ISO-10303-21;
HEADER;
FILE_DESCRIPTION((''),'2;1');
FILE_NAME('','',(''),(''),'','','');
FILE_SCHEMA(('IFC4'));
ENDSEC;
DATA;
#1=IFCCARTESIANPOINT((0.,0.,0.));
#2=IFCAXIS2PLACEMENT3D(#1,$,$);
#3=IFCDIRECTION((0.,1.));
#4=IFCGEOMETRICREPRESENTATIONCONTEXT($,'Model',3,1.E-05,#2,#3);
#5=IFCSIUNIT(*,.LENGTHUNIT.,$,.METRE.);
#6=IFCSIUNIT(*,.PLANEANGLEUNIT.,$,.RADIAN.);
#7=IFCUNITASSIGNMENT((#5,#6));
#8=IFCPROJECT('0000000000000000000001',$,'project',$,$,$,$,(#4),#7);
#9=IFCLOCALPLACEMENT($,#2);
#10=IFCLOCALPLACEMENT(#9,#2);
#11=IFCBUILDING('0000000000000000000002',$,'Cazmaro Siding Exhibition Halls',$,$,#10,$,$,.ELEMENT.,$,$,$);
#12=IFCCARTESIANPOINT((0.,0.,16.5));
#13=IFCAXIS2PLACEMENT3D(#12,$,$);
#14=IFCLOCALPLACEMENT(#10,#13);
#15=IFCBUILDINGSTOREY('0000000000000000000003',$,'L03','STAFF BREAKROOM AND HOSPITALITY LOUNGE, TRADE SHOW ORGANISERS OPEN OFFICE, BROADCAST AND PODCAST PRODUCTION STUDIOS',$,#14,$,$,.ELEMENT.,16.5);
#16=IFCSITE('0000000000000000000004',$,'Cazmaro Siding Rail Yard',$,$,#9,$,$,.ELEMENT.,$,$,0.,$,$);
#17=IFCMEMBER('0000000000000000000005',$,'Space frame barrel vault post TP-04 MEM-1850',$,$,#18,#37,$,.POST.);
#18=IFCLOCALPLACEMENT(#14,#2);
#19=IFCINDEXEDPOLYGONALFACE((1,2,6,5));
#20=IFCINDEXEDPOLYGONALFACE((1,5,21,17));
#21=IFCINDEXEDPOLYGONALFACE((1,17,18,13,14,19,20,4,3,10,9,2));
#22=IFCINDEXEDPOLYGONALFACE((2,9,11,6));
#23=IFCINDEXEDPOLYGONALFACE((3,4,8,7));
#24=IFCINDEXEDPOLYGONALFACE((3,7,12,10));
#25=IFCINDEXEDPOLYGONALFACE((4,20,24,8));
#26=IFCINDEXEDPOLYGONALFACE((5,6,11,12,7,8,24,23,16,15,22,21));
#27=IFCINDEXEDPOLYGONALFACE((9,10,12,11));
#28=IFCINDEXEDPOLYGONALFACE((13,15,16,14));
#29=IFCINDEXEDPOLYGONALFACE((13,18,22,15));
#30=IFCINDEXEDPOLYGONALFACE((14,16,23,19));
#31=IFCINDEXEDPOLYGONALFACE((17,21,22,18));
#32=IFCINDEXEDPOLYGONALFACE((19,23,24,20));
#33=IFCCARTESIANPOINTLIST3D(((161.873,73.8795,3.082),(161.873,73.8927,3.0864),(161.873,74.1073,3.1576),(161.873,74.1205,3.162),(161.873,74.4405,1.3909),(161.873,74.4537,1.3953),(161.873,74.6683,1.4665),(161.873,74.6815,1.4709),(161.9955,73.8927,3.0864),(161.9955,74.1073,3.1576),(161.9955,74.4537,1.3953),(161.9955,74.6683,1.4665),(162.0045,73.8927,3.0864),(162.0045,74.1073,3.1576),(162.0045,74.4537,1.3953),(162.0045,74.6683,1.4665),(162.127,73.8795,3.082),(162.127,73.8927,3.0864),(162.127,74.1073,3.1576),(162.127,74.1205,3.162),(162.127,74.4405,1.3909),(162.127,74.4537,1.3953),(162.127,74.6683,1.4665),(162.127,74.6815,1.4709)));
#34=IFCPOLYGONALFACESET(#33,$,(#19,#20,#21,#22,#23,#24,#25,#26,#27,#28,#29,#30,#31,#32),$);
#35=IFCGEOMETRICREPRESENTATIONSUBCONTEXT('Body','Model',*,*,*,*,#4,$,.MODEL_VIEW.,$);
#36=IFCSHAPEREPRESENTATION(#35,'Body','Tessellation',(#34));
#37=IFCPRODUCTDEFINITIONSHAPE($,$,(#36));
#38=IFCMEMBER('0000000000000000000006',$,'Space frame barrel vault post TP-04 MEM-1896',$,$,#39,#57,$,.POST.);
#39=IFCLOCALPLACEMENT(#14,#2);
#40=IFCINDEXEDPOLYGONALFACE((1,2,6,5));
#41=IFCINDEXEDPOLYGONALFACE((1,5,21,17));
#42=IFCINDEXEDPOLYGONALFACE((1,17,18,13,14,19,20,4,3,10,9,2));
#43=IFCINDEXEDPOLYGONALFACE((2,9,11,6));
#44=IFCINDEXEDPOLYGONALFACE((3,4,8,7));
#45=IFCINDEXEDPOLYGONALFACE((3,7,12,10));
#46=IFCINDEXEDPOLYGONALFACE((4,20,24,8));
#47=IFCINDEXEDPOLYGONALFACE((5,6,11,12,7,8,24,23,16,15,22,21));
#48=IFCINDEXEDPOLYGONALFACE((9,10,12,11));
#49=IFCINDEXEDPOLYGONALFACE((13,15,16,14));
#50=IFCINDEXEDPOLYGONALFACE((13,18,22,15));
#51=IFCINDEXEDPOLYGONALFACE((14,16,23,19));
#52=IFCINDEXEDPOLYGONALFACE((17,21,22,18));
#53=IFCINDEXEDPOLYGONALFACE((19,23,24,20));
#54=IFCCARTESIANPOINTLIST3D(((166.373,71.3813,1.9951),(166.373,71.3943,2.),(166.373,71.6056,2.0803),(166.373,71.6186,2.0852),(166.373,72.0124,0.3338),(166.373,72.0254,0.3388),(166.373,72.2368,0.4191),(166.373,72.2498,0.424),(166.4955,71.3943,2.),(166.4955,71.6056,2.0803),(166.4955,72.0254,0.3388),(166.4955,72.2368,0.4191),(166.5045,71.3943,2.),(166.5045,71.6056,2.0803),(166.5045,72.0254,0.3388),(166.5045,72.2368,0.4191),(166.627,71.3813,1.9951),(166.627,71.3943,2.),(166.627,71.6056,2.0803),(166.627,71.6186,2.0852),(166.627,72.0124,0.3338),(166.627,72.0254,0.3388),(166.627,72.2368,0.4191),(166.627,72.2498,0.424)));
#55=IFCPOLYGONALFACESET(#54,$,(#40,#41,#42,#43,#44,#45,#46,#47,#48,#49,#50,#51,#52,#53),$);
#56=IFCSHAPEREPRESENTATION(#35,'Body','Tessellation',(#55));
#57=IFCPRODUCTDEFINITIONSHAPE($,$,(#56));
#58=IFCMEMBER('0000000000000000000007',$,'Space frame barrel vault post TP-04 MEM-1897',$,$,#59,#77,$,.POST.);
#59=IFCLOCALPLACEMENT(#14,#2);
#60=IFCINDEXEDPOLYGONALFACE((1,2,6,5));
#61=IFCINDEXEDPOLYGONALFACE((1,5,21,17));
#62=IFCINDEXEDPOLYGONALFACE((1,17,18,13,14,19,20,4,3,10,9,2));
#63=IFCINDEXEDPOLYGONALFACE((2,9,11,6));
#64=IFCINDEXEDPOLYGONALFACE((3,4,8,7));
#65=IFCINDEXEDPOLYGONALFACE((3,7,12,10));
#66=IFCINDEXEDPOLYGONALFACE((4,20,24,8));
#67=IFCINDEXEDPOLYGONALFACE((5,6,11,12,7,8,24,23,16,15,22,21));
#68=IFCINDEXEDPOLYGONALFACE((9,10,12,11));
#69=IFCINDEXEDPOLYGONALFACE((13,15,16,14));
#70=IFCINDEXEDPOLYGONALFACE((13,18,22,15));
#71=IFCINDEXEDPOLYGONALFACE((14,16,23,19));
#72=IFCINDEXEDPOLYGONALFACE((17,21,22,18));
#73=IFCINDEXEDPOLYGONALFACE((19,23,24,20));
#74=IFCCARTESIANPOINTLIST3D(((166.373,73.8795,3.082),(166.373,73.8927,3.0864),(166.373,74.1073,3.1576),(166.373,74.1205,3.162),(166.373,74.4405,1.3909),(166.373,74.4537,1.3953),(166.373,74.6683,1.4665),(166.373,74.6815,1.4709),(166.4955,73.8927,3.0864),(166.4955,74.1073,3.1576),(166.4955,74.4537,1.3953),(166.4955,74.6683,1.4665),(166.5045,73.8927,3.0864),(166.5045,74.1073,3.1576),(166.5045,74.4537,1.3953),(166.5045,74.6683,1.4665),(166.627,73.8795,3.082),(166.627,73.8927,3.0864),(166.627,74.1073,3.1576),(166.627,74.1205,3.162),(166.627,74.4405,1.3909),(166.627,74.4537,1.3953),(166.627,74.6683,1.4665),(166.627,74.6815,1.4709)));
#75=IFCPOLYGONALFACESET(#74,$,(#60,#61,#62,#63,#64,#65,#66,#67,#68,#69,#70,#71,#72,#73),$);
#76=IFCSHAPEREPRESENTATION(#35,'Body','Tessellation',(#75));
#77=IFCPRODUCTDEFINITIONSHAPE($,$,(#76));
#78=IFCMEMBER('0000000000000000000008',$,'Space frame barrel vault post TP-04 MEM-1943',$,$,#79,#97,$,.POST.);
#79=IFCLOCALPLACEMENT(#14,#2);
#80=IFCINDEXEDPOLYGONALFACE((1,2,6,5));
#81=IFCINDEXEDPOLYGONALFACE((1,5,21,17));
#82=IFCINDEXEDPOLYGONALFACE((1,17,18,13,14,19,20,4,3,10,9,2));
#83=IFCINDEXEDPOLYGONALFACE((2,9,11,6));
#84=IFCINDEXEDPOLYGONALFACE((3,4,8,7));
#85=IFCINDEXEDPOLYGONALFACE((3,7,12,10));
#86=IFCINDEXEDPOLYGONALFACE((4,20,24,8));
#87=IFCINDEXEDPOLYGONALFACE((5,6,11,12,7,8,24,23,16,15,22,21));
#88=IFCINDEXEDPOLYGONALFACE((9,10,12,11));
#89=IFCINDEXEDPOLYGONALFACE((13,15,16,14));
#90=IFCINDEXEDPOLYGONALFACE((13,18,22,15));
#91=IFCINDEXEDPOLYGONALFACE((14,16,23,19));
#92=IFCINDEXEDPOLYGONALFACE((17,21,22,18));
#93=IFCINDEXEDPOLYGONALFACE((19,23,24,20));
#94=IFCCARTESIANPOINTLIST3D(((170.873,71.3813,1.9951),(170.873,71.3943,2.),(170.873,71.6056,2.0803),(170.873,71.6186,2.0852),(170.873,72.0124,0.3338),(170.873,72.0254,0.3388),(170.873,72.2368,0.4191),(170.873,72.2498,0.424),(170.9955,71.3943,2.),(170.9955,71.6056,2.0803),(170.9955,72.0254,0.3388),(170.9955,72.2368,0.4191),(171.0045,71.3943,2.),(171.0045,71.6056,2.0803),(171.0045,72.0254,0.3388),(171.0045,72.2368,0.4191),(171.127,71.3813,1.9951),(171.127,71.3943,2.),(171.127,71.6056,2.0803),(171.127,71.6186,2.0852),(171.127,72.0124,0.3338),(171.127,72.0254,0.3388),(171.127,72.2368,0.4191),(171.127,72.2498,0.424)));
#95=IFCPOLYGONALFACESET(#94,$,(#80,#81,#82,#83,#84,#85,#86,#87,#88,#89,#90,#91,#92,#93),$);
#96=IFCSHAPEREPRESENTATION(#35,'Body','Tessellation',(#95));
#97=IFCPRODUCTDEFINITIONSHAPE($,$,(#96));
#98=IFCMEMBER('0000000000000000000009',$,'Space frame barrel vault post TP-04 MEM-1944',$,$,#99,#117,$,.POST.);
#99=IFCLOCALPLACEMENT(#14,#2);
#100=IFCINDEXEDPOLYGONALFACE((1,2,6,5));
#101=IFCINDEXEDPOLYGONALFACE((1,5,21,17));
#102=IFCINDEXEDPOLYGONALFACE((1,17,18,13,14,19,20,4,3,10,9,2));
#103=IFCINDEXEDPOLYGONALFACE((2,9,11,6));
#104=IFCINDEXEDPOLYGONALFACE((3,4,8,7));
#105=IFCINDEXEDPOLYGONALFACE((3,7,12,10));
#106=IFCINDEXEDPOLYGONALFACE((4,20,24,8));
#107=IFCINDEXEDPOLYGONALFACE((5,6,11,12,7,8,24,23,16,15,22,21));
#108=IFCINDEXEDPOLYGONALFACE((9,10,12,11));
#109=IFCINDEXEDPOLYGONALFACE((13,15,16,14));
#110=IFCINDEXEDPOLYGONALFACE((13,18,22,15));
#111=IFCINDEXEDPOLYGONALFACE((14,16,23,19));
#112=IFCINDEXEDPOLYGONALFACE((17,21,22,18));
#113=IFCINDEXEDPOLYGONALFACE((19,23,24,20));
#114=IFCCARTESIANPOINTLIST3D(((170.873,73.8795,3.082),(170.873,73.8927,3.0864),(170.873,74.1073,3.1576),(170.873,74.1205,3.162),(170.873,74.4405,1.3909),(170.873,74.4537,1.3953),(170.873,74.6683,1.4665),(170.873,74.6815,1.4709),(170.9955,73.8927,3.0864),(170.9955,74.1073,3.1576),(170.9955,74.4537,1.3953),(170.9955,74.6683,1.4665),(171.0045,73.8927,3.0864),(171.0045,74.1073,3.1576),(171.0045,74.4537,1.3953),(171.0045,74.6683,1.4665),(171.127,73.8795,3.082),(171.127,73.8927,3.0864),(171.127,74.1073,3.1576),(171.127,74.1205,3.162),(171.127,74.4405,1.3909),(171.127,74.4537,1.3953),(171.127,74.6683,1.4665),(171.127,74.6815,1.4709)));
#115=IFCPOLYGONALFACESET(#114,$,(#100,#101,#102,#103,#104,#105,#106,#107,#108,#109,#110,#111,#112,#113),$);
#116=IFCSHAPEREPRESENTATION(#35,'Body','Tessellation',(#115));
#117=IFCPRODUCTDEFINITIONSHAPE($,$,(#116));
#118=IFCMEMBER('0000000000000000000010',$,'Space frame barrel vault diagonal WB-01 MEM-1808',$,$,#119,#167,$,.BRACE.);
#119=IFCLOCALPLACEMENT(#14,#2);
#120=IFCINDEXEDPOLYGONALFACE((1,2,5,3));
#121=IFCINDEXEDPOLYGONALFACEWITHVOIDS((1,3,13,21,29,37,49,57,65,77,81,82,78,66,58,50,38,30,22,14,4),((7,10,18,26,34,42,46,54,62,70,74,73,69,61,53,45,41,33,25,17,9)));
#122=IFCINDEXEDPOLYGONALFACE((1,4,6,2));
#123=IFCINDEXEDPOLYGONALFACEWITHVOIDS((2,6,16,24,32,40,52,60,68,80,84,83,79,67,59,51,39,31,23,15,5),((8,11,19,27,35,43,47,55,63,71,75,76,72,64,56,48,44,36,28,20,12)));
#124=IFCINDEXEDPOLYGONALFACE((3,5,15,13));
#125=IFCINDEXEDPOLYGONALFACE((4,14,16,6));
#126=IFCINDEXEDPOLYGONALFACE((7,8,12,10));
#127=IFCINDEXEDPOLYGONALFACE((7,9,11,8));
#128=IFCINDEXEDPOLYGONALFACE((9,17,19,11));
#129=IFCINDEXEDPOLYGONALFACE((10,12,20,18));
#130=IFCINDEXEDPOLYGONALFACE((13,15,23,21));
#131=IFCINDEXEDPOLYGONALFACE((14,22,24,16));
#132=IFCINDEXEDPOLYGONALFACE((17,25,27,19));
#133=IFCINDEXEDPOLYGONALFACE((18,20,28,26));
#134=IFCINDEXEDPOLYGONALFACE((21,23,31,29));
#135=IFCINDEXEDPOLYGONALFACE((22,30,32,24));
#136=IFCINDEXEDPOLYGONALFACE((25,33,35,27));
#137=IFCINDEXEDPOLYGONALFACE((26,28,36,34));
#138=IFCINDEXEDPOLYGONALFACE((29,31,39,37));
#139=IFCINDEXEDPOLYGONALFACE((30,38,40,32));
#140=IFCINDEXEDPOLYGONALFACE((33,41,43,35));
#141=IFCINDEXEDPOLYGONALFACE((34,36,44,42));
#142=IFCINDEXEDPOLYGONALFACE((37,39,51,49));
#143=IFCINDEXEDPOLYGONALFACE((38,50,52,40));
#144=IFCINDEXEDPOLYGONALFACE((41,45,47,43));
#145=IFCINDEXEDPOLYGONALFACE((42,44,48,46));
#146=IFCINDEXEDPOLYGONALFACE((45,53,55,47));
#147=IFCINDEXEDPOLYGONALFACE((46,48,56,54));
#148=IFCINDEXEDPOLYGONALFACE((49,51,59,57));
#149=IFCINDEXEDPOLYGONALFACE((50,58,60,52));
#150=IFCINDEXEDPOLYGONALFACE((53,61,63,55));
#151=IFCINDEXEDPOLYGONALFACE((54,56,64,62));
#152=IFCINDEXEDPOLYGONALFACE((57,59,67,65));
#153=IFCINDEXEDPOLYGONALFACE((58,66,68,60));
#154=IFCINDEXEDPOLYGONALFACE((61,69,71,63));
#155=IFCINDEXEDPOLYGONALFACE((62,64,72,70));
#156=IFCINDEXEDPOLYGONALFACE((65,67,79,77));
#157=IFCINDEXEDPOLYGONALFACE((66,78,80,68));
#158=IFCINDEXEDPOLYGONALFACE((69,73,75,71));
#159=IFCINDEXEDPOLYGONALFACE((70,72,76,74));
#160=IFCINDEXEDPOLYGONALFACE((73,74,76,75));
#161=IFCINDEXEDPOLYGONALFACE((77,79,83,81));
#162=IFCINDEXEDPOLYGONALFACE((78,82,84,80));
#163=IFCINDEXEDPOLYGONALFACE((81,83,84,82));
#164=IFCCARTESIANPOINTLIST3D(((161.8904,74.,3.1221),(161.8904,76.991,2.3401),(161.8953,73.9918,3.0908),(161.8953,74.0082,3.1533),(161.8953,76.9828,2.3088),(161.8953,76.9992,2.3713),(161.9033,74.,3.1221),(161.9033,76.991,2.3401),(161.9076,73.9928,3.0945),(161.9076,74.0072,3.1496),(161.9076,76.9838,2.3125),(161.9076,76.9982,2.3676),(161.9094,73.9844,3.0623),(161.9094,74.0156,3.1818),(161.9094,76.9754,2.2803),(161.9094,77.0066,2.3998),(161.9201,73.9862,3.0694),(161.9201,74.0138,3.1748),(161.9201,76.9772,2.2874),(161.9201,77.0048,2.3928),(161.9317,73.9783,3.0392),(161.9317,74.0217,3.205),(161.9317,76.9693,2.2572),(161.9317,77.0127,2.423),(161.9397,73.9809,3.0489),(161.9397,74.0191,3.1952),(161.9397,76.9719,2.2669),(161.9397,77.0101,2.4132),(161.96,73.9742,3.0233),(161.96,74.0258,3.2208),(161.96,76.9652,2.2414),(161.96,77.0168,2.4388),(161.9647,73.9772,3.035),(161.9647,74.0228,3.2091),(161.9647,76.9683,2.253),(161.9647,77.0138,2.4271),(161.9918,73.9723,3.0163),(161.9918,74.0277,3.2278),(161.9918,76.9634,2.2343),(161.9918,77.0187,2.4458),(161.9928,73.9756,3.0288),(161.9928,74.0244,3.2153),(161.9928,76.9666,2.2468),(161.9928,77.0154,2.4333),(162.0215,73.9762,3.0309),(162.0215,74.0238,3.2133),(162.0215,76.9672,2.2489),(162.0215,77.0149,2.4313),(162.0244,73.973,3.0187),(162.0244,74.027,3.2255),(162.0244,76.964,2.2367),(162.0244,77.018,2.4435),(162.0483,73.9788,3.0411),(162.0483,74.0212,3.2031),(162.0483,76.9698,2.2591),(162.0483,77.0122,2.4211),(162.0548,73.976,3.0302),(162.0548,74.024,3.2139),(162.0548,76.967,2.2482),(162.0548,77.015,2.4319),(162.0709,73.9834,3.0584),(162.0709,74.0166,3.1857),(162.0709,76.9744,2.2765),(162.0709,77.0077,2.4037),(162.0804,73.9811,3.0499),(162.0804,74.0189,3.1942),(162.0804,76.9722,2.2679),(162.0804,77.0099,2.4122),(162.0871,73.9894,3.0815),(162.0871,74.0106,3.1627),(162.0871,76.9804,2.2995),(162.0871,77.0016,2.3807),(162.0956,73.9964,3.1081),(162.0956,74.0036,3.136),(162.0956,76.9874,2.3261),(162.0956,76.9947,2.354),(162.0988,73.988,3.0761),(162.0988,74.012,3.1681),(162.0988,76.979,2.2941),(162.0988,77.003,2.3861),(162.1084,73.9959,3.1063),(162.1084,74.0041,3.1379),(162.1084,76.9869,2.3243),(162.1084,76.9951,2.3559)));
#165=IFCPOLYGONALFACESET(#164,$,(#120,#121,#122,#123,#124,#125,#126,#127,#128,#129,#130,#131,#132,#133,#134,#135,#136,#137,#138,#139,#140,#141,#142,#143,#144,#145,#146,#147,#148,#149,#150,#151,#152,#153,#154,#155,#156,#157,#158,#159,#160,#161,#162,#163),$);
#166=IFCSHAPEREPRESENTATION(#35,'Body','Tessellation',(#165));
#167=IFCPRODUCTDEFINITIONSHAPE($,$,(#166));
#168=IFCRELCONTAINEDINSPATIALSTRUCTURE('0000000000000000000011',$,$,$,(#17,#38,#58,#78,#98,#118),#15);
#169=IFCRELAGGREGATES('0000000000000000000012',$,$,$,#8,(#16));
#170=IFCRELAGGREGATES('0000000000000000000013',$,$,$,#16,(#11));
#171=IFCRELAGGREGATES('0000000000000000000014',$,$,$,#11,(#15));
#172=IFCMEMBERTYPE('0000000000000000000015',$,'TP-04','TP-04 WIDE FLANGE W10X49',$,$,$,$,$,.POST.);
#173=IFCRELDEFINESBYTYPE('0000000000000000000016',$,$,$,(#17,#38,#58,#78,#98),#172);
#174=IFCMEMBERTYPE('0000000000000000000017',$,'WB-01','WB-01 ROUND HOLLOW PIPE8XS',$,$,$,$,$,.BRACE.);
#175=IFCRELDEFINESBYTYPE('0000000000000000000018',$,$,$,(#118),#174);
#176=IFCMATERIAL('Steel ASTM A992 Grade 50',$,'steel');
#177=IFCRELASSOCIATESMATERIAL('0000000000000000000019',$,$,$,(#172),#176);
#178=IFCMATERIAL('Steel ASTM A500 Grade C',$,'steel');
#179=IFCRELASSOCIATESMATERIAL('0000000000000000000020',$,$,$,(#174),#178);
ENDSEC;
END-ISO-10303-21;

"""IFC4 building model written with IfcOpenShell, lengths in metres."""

from ifc_helpers import new_model, si_unit, direction, frame, origin, origin_2d, place, context, subcontext, project, spatial, hollow_circle, i_section, extrude, material, material_profile, profile_set, type_object, element, save


model = new_model("IFC4")

# Units and contexts
model_context = context("Model", 3, precision=1e-05, world=origin(), true_north=direction((0.0, 1.0)))
body_context = subcontext(model_context, "Body", "Model", "MODEL_VIEW")
ifc_project = project(units=[si_unit("LENGTHUNIT", "METRE"), si_unit("PLANEANGLEUNIT", "RADIAN")], contexts=[model_context])

# Site, building, storey
site_placement = place(None, origin())
site = spatial("IfcSite", under=ifc_project, at=site_placement, Name="Cazmaro Siding Rail Yard", CompositionType="ELEMENT", RefElevation=0.0)
building_placement = place(site_placement, origin())
building = spatial("IfcBuilding", under=site, at=building_placement, Name="Cazmaro Siding Exhibition Halls", CompositionType="ELEMENT")
storey_placement = place(building_placement, frame((0.0, 0.0, 16.5)))
storey = spatial("IfcBuildingStorey", under=building, at=storey_placement, Name="L03", Description="STAFF BREAKROOM AND HOSPITALITY LOUNGE, TRADE SHOW ORGANISERS OPEN OFFICE, BROADCAST AND PODCAST PRODUCTION STUDIOS", CompositionType="ELEMENT", Elevation=16.5)

# Members
ifc_material_1 = material(Name="Steel ASTM A992 Grade 50", Category="steel")
ifc_material_profile_1 = material_profile(ifc_material_1, i_section(OverallWidth=0.2539, OverallDepth=0.2539, WebThickness=0.009, FlangeThickness=0.0139, at=origin_2d()), Name="W10X49")
ifc_profile_set_1 = profile_set([ifc_material_profile_1], Name="Steel ASTM A992 Grade 50")
member_type_1 = type_object("IfcMemberType", Name="TP-04", Description="TP-04 WIDE FLANGE W10X49", PredefinedType="POST", material=ifc_profile_set_1)
member_1_placement = place(storey_placement, frame((162.0, 74.561, 1.4309), z_axis=(0.0, -0.314871, 0.949134), x_axis=(1.0, 0.0, 0.0)))
element("IfcMember", 1, at=member_1_placement, inside=storey, type_object=member_type_1, Name="Space frame barrel vault post TP-04 MEM-1850", PredefinedType="POST", context=body_context, shape_type="SweptSolid", body=[
    extrude(i_section(OverallWidth=0.2539, OverallDepth=0.2539, WebThickness=0.009, FlangeThickness=0.0139, at=origin_2d()), origin(), (0.0, 0.0, 1.0), 1.7817),
])
member_2_placement = place(storey_placement, frame((166.5, 72.1311, 0.3789), z_axis=(0.0, -0.355155, 0.934807), x_axis=(1.0, 0.0, 0.0)))
element("IfcMember", 2, at=member_2_placement, inside=storey, type_object=member_type_1, Name="Space frame barrel vault post TP-04 MEM-1896", PredefinedType="POST", context=body_context, shape_type="SweptSolid", body=[
    extrude(i_section(OverallWidth=0.2539, OverallDepth=0.2539, WebThickness=0.009, FlangeThickness=0.0139, at=origin_2d()), origin(), (0.0, 0.0, 1.0), 1.7771),
])
member_3_placement = place(storey_placement, frame((166.5, 74.561, 1.4309), z_axis=(0.0, -0.314871, 0.949134), x_axis=(1.0, 0.0, 0.0)))
element("IfcMember", 3, at=member_3_placement, inside=storey, type_object=member_type_1, Name="Space frame barrel vault post TP-04 MEM-1897", PredefinedType="POST", context=body_context, shape_type="SweptSolid", body=[
    extrude(i_section(OverallWidth=0.2539, OverallDepth=0.2539, WebThickness=0.009, FlangeThickness=0.0139, at=origin_2d()), origin(), (0.0, 0.0, 1.0), 1.7817),
])
member_4_placement = place(storey_placement, frame((171.0, 72.1311, 0.3789), z_axis=(0.0, -0.355155, 0.934807), x_axis=(1.0, 0.0, 0.0)))
element("IfcMember", 4, at=member_4_placement, inside=storey, type_object=member_type_1, Name="Space frame barrel vault post TP-04 MEM-1943", PredefinedType="POST", context=body_context, shape_type="SweptSolid", body=[
    extrude(i_section(OverallWidth=0.2539, OverallDepth=0.2539, WebThickness=0.009, FlangeThickness=0.0139, at=origin_2d()), origin(), (0.0, 0.0, 1.0), 1.7771),
])
member_5_placement = place(storey_placement, frame((171.0, 74.561, 1.4309), z_axis=(0.0, -0.314871, 0.949134), x_axis=(1.0, 0.0, 0.0)))
element("IfcMember", 5, at=member_5_placement, inside=storey, type_object=member_type_1, Name="Space frame barrel vault post TP-04 MEM-1944", PredefinedType="POST", context=body_context, shape_type="SweptSolid", body=[
    extrude(i_section(OverallWidth=0.2539, OverallDepth=0.2539, WebThickness=0.009, FlangeThickness=0.0139, at=origin_2d()), origin(), (0.0, 0.0, 1.0), 1.7817),
])
ifc_material_2 = material(Name="Steel ASTM A500 Grade C", Category="steel")
ifc_material_profile_2 = material_profile(ifc_material_2, hollow_circle(Radius=0.1096, WallThickness=0.0129, at=origin_2d()), Name="PIPE8XS")
ifc_profile_set_2 = profile_set([ifc_material_profile_2], Name="Steel ASTM A500 Grade C")
member_type_2 = type_object("IfcMemberType", Name="WB-01", Description="WB-01 ROUND HOLLOW PIPE8XS", PredefinedType="BRACE", material=ifc_profile_set_2)
member_6_placement = place(storey_placement, frame((162.0, 74.0, 3.1221), z_axis=(0.0, 0.96748, -0.252946), x_axis=(-1.0, 0.0, 0.0)))
element("IfcMember", 6, at=member_6_placement, inside=storey, type_object=member_type_2, Name="Space frame barrel vault diagonal WB-01 MEM-1808", PredefinedType="BRACE", context=body_context, shape_type="SweptSolid", body=[
    extrude(hollow_circle(Radius=0.1096, WallThickness=0.0129, at=origin_2d()), origin(), (0.0, 0.0, 1.0), 3.0916),
])

save(model, "model.ifc")
